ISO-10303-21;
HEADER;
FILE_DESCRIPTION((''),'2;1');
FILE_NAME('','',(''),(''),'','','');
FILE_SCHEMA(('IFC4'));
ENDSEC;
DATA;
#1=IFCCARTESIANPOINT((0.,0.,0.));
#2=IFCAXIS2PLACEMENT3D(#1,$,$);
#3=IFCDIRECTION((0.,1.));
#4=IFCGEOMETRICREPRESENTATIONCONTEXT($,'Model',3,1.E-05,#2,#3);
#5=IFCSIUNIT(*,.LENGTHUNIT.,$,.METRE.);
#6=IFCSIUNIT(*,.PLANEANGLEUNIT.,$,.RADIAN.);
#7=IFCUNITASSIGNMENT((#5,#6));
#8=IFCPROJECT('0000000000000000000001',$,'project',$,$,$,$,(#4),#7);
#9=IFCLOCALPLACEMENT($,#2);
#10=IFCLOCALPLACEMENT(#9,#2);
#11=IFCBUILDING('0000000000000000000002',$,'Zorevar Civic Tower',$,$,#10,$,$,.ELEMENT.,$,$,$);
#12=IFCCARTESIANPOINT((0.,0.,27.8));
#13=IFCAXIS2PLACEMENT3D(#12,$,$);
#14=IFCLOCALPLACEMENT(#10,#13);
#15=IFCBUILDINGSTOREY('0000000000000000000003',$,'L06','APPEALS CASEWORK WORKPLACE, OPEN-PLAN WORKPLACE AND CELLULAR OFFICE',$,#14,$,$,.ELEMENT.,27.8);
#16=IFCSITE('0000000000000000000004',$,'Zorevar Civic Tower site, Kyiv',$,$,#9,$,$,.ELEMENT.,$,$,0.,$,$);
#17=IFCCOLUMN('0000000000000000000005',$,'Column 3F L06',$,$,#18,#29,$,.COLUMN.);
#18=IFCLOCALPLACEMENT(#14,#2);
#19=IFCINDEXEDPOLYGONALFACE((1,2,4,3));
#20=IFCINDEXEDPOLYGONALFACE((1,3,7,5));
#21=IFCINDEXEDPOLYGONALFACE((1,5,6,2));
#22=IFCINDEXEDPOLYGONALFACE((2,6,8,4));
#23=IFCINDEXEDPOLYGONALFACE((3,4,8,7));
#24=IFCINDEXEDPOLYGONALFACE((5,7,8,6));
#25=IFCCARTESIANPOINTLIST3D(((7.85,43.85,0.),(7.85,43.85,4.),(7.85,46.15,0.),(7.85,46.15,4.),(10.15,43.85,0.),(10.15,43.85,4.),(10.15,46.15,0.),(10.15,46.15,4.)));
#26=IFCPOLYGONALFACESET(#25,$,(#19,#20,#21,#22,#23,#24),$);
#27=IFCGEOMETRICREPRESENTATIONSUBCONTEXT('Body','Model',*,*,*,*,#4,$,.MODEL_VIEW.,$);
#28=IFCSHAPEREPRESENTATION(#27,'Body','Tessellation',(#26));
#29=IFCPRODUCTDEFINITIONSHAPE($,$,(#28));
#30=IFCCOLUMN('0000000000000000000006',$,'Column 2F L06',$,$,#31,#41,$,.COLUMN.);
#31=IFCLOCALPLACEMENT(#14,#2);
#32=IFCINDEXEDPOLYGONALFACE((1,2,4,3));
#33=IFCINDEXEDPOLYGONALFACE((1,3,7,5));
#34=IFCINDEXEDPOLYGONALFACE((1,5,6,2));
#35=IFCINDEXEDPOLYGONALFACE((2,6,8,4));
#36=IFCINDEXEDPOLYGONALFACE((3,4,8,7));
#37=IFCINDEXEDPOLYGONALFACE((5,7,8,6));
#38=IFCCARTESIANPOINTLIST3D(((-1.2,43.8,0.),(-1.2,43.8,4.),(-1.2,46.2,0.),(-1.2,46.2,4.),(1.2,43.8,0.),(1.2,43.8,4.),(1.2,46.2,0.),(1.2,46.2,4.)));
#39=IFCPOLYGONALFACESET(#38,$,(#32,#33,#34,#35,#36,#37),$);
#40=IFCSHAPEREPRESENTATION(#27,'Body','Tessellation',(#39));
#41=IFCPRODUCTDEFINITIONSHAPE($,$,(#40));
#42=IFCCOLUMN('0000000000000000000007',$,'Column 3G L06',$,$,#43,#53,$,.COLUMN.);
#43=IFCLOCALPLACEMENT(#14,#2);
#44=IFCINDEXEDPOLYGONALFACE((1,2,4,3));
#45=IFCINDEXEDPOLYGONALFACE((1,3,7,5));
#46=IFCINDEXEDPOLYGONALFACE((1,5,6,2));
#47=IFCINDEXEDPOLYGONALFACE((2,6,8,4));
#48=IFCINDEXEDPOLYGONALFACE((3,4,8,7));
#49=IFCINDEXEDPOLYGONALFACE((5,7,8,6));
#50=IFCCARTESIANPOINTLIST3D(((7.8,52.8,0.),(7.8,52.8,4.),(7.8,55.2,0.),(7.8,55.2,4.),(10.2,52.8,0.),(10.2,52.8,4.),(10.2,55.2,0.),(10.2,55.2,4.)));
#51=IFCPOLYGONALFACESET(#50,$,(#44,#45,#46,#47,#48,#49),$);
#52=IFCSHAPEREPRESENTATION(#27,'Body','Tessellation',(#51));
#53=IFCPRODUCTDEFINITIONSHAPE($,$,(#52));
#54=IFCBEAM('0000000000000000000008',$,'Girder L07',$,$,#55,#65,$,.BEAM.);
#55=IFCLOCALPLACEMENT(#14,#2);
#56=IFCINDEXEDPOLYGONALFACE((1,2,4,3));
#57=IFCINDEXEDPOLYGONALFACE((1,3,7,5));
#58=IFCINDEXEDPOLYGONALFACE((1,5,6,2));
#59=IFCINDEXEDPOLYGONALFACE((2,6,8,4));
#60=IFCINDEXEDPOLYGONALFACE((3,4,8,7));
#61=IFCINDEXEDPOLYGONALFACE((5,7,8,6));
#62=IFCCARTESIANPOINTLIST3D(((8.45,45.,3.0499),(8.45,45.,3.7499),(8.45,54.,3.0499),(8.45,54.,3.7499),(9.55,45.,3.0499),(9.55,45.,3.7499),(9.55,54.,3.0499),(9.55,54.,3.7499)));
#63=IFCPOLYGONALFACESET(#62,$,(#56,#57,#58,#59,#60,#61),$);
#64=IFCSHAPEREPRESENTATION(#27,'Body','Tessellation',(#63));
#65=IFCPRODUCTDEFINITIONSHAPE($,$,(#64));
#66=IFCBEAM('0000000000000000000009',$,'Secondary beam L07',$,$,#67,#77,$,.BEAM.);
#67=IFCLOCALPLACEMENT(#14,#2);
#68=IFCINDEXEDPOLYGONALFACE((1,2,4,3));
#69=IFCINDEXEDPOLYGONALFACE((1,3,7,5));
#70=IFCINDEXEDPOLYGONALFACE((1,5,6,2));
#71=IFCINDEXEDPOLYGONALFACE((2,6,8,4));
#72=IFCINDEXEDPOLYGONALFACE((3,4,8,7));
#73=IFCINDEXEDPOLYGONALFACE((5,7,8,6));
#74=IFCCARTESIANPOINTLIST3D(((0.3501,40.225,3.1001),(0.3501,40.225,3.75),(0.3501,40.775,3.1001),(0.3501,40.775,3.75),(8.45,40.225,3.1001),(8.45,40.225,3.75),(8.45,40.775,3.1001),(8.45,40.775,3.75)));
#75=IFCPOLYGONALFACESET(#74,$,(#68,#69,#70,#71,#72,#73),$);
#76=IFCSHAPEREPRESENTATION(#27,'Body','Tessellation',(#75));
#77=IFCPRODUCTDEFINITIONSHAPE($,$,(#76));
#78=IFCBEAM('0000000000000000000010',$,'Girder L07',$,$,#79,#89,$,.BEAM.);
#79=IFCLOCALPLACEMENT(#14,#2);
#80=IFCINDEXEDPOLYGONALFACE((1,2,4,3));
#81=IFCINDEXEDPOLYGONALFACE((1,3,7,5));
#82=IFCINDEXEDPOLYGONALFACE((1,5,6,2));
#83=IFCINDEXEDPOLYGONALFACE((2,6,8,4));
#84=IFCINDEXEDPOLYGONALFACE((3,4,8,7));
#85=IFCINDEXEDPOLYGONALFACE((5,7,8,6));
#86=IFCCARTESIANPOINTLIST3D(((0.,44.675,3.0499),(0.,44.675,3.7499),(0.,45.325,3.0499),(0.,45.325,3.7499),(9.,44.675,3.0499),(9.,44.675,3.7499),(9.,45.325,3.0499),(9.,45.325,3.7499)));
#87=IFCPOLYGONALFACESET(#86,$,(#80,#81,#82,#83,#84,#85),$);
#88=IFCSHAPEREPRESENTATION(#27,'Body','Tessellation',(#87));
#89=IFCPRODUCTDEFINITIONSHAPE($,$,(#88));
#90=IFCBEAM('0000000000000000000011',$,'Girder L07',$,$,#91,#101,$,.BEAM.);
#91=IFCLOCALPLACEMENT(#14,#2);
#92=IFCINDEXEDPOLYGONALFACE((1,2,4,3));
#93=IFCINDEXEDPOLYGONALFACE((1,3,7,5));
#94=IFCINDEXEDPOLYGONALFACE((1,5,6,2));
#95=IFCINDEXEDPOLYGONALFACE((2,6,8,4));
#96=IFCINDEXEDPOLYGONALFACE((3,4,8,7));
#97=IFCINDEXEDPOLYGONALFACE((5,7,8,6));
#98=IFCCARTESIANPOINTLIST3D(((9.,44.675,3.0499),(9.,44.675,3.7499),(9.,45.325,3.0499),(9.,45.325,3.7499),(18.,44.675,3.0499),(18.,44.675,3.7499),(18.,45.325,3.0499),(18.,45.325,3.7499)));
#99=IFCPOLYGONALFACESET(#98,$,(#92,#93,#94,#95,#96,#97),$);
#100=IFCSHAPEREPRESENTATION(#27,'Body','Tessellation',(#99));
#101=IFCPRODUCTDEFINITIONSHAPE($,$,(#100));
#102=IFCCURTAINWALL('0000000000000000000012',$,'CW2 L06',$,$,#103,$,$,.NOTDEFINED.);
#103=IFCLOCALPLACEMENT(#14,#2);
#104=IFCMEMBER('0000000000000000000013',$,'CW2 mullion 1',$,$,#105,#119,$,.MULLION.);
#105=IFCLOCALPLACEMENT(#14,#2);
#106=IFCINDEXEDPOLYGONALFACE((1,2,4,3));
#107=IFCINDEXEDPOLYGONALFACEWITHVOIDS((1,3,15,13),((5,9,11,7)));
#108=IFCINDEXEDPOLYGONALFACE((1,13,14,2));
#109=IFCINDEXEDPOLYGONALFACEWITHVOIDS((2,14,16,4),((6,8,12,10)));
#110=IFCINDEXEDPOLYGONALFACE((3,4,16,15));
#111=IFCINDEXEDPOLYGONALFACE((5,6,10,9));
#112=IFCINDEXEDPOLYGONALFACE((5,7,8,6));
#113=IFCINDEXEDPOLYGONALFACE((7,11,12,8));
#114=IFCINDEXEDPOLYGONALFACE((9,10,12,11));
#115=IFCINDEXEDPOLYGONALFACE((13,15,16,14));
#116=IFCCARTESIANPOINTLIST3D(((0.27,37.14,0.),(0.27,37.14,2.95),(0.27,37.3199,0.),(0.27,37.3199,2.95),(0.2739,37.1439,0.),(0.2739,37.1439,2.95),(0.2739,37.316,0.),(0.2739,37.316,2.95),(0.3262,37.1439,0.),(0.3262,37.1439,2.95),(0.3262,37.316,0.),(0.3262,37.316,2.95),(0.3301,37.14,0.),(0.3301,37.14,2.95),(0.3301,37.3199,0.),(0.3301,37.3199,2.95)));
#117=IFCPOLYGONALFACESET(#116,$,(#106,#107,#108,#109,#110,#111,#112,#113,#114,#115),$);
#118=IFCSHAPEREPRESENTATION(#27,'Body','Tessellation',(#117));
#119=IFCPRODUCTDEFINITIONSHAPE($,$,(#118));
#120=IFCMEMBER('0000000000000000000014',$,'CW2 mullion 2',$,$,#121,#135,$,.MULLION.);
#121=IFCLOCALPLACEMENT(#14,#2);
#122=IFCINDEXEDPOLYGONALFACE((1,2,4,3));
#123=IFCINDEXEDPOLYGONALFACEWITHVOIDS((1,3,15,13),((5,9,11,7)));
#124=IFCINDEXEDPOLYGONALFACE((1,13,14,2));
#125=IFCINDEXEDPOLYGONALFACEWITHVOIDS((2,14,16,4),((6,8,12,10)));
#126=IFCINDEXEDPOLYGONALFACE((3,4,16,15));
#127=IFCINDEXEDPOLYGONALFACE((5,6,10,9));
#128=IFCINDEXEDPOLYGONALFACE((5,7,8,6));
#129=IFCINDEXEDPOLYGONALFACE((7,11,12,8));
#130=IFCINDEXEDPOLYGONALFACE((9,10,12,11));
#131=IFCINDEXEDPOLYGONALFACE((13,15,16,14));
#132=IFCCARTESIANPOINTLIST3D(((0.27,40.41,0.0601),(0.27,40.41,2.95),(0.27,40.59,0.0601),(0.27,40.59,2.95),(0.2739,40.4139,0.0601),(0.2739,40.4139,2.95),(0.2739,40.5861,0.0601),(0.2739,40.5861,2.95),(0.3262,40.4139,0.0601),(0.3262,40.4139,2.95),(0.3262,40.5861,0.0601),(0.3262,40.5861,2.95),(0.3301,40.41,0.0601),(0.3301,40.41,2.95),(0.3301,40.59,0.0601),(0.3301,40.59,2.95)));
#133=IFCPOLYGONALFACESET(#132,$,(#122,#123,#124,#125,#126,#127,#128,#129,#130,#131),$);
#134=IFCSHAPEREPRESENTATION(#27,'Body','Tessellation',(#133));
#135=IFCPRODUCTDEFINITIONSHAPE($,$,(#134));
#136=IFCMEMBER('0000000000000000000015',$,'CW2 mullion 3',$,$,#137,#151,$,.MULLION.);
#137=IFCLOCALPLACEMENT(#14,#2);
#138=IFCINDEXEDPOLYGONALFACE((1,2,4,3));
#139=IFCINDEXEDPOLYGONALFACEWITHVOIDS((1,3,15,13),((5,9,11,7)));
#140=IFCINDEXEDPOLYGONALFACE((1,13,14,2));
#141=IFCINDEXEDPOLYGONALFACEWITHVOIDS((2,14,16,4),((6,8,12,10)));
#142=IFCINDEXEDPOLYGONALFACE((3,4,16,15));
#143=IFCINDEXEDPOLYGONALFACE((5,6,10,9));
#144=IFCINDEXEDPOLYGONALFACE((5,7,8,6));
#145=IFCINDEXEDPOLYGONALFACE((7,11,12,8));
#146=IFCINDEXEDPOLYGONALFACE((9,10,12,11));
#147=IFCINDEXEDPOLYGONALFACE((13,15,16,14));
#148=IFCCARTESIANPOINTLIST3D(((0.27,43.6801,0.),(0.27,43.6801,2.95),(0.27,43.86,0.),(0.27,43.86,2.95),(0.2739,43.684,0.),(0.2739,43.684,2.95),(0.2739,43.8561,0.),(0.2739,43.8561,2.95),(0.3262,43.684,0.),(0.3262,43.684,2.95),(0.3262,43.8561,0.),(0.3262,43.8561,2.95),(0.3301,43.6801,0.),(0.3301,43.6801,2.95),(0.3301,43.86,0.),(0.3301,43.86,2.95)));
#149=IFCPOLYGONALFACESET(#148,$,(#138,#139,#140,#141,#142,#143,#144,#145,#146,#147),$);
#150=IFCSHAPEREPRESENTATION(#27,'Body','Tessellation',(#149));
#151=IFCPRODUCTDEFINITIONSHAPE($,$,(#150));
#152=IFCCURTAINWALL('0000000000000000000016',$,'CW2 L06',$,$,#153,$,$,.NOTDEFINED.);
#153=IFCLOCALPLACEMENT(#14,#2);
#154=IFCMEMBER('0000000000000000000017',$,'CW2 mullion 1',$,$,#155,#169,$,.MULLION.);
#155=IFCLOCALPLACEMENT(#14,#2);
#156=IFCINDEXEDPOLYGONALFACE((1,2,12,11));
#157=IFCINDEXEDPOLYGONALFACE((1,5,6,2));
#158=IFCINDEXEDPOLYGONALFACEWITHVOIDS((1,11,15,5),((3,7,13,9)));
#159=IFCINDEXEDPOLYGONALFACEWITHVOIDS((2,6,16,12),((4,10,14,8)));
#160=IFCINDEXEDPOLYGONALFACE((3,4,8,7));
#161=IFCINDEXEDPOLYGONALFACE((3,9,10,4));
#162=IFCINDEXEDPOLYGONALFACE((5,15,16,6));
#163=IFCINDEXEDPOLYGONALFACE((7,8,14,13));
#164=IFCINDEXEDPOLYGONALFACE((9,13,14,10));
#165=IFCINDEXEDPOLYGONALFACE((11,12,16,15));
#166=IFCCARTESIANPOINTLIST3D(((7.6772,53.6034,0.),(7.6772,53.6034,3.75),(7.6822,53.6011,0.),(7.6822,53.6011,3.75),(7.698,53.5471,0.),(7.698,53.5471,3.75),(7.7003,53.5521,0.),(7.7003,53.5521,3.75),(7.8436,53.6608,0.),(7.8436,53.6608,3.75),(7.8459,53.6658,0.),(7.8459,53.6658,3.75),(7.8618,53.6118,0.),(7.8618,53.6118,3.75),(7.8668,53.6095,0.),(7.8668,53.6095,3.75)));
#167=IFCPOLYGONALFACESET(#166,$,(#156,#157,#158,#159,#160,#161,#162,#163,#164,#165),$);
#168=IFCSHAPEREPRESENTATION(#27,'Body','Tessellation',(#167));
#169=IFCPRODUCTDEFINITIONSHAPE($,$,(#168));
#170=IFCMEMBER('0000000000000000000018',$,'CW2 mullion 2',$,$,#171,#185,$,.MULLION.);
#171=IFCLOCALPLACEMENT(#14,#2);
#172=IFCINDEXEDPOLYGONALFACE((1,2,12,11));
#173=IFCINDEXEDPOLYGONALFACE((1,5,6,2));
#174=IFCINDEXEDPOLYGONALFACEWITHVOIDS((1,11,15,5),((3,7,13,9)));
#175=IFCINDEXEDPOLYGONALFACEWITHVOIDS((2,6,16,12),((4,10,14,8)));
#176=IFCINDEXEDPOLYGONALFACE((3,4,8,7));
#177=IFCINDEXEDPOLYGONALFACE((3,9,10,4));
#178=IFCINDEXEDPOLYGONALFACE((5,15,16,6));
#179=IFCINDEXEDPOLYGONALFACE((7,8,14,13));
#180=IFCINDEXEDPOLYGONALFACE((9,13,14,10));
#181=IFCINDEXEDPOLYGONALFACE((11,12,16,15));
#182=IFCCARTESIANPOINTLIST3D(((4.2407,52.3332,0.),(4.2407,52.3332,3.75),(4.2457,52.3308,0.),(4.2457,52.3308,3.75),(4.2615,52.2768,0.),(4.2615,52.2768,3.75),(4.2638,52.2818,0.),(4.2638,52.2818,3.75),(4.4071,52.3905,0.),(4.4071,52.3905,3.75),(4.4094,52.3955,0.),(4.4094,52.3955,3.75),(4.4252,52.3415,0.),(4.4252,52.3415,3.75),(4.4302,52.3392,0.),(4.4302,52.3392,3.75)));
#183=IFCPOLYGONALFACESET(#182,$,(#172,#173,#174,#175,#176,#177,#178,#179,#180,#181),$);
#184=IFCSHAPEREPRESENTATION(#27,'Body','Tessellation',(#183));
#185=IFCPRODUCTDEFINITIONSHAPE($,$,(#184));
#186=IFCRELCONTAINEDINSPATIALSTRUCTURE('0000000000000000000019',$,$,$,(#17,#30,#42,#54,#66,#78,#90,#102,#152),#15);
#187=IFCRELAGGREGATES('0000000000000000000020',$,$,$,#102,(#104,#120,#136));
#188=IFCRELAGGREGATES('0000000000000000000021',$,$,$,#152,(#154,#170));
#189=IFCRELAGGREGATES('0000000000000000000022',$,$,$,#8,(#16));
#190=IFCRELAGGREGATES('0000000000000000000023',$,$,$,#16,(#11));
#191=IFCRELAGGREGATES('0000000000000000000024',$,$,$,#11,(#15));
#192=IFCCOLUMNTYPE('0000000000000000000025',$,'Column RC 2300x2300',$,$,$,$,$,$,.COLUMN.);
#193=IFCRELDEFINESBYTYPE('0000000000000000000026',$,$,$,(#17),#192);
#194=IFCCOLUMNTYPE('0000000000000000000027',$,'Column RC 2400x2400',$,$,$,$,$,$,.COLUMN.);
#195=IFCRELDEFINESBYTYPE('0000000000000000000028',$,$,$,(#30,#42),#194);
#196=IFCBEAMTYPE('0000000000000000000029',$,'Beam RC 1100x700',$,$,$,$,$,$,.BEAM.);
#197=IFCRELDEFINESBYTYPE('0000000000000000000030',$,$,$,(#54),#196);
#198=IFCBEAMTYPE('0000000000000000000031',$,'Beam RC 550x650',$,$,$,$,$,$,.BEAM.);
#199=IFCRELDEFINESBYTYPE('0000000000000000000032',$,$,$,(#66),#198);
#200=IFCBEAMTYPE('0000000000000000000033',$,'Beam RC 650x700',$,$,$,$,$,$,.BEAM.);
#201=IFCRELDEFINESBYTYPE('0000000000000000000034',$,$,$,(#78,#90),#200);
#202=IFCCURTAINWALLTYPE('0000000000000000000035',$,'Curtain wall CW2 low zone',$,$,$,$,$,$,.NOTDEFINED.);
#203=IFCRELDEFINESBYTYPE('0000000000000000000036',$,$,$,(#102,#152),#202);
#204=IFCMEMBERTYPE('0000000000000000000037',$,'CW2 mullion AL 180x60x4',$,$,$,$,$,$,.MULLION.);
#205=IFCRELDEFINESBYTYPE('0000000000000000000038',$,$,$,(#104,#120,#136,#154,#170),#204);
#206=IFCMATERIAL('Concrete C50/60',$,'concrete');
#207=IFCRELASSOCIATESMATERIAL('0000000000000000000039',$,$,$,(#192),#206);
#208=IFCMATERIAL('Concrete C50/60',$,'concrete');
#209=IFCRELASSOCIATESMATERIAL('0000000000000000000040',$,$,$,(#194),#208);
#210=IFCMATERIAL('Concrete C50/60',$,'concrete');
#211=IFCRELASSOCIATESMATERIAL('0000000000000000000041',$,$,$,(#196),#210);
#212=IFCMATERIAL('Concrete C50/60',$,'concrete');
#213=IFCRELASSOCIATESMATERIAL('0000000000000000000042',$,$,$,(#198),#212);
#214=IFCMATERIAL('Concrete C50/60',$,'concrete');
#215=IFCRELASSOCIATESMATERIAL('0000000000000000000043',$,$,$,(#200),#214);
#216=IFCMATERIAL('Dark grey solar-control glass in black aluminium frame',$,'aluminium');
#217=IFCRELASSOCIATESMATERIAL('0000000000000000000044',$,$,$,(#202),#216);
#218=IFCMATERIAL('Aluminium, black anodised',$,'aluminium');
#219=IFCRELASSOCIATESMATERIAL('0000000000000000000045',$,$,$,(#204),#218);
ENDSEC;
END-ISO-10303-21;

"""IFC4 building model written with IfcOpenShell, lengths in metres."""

from ifc_helpers import new_model, si_unit, direction, frame, origin, origin_2d, place, context, subcontext, project, spatial, rectangle, hollow_rectangle, extrude, material, material_profile, profile_set, type_object, element, aggregate, save


model = new_model("IFC4")

# Units and contexts
model_context = context("Model", 3, precision=1e-05, world=origin(), true_north=direction((0.0, 1.0)))
body_context = subcontext(model_context, "Body", "Model", "MODEL_VIEW")
ifc_project = project(units=[si_unit("LENGTHUNIT", "METRE"), si_unit("PLANEANGLEUNIT", "RADIAN")], contexts=[model_context])

# Site, building, storey
site_placement = place(None, origin())
site = spatial("IfcSite", under=ifc_project, at=site_placement, Name="Zorevar Civic Tower site, Kyiv", CompositionType="ELEMENT", RefElevation=0.0)
building_placement = place(site_placement, origin())
building = spatial("IfcBuilding", under=site, at=building_placement, Name="Zorevar Civic Tower", CompositionType="ELEMENT")
storey_placement = place(building_placement, frame((0.0, 0.0, 27.8)))
storey = spatial("IfcBuildingStorey", under=building, at=storey_placement, Name="L06", Description="APPEALS CASEWORK WORKPLACE, OPEN-PLAN WORKPLACE AND CELLULAR OFFICE", CompositionType="ELEMENT", Elevation=27.8)

# Columns
ifc_material_1 = material(Name="Concrete C50/60", Category="concrete")
ifc_material_profile_1 = material_profile(ifc_material_1, rectangle(XDim=2.3, YDim=2.3, at=origin_2d()), Name="RC 2300x2300")
ifc_profile_set_1 = profile_set([ifc_material_profile_1], Name="Concrete C50/60")
column_type_1 = type_object("IfcColumnType", Name="Column RC 2300x2300", PredefinedType="COLUMN", material=ifc_profile_set_1)
column_placement = place(storey_placement, frame((9.0, 45.0, 0.0), z_axis=(0.0, 0.0, 1.0), x_axis=(1.0, 0.0, 0.0)))
element("IfcColumn", 1, at=column_placement, inside=storey, type_object=column_type_1, Name="Column 3F L06", PredefinedType="COLUMN", context=body_context, shape_type="SweptSolid", body=[
    extrude(rectangle(XDim=2.3, YDim=2.3, at=origin_2d()), origin(), (0.0, 0.0, 1.0), 4.0),
])
ifc_material_2 = material(Name="Concrete C50/60", Category="concrete")
ifc_material_profile_2 = material_profile(ifc_material_2, rectangle(XDim=2.3999, YDim=2.3999, at=origin_2d()), Name="RC 2400x2400")
ifc_profile_set_2 = profile_set([ifc_material_profile_2], Name="Concrete C50/60")
column_type_2 = type_object("IfcColumnType", Name="Column RC 2400x2400", PredefinedType="COLUMN", material=ifc_profile_set_2)
for number, where, z_axis, x_axis, name in (
    (2, (0.0, 45.0, 0.0), (0.0, 0.0, 1.0), (1.0, 0.0, 0.0), "Column 2F L06"),
    (3, (9.0, 54.0, 0.0), (0.0, 0.0, 1.0), (1.0, 0.0, 0.0), "Column 3G L06"),
):
    element("IfcColumn", number, at=place(storey_placement, frame(where, z_axis=z_axis, x_axis=x_axis)), inside=storey, type_object=column_type_2, Name=name, PredefinedType="COLUMN", context=body_context, shape_type="SweptSolid", body=[
        extrude(rectangle(XDim=2.3999, YDim=2.3999, at=origin_2d()), origin(), (0.0, 0.0, 1.0), 4.0),
    ])

# Beams
ifc_material_3 = material(Name="Concrete C50/60", Category="concrete")
ifc_material_profile_3 = material_profile(ifc_material_3, rectangle(XDim=1.1001, YDim=0.7, at=origin_2d()), Name="RC 1100x700")
ifc_profile_set_3 = profile_set([ifc_material_profile_3], Name="Concrete C50/60")
beam_type_1 = type_object("IfcBeamType", Name="Beam RC 1100x700", PredefinedType="BEAM", material=ifc_profile_set_3)
beam_1_placement = place(storey_placement, frame((9.0, 45.0, 3.3999), z_axis=(0.0, 1.0, 0.0), x_axis=(-1.0, 0.0, 0.0)))
element("IfcBeam", 4, at=beam_1_placement, inside=storey, type_object=beam_type_1, Name="Girder L07", PredefinedType="BEAM", context=body_context, shape_type="SweptSolid", body=[
    extrude(rectangle(XDim=1.1001, YDim=0.7, at=origin_2d()), origin(), (0.0, 0.0, 1.0), 9.0),
])
ifc_material_4 = material(Name="Concrete C50/60", Category="concrete")
ifc_material_profile_4 = material_profile(ifc_material_4, rectangle(XDim=0.55, YDim=0.6499, at=origin_2d()), Name="RC 550x650")
ifc_profile_set_4 = profile_set([ifc_material_profile_4], Name="Concrete C50/60")
beam_type_2 = type_object("IfcBeamType", Name="Beam RC 550x650", PredefinedType="BEAM", material=ifc_profile_set_4)
beam_2_placement = place(storey_placement, frame((0.3501, 40.5, 3.425), z_axis=(1.0, 0.0, 0.0), x_axis=(0.0, 1.0, 0.0)))
element("IfcBeam", 5, at=beam_2_placement, inside=storey, type_object=beam_type_2, Name="Secondary beam L07", PredefinedType="BEAM", context=body_context, shape_type="SweptSolid", body=[
    extrude(rectangle(XDim=0.55, YDim=0.6499, at=origin_2d()), origin(), (0.0, 0.0, 1.0), 8.0999),
])
ifc_material_5 = material(Name="Concrete C50/60", Category="concrete")
ifc_material_profile_5 = material_profile(ifc_material_5, rectangle(XDim=0.6499, YDim=0.7, at=origin_2d()), Name="RC 650x700")
ifc_profile_set_5 = profile_set([ifc_material_profile_5], Name="Concrete C50/60")
beam_type_3 = type_object("IfcBeamType", Name="Beam RC 650x700", PredefinedType="BEAM", material=ifc_profile_set_5)
for number, where, z_axis, x_axis, name in (
    (6, (0.0, 45.0, 3.3999), (1.0, 0.0, 0.0), (0.0, 1.0, 0.0), "Girder L07"),
    (7, (9.0, 45.0, 3.3999), (1.0, 0.0, 0.0), (0.0, 1.0, 0.0), "Girder L07"),
):
    element("IfcBeam", number, at=place(storey_placement, frame(where, z_axis=z_axis, x_axis=x_axis)), inside=storey, type_object=beam_type_3, Name=name, PredefinedType="BEAM", context=body_context, shape_type="SweptSolid", body=[
        extrude(rectangle(XDim=0.6499, YDim=0.7, at=origin_2d()), origin(), (0.0, 0.0, 1.0), 9.0),
    ])

# Curtain walls, members
ifc_material_6 = material(Name="Dark grey solar-control glass in black aluminium frame", Category="aluminium")
curtain_wall_type = type_object("IfcCurtainWallType", Name="Curtain wall CW2 low zone", PredefinedType="NOTDEFINED", material=ifc_material_6)
curtain_wall_1_placement = place(storey_placement, origin())
curtain_wall_1 = element("IfcCurtainWall", 8, at=curtain_wall_1_placement, inside=storey, type_object=curtain_wall_type, Name="CW2 L06", PredefinedType="NOTDEFINED")
ifc_material_7 = material(Name="Aluminium, black anodised", Category="aluminium")
ifc_material_profile_6 = material_profile(ifc_material_7, hollow_rectangle(XDim=0.0601, YDim=0.1799, WallThickness=0.0039, at=origin_2d()), Name="AL 180x60x4")
ifc_profile_set_6 = profile_set([ifc_material_profile_6], Name="Aluminium, black anodised")
member_type_1 = type_object("IfcMemberType", Name="CW2 mullion AL 180x60x4", PredefinedType="MULLION", material=ifc_profile_set_6)
member_1_placement = place(storey_placement, frame((0.3, 37.23, 0.0), z_axis=(0.0, 0.0, 1.0), x_axis=(-1.0, 0.0, 0.0)))
member_1 = element("IfcMember", 9, at=member_1_placement, type_object=member_type_1, Name="CW2 mullion 1", PredefinedType="MULLION", context=body_context, shape_type="SweptSolid", body=[
    extrude(hollow_rectangle(XDim=0.0601, YDim=0.1799, WallThickness=0.0039, at=origin_2d()), origin(), (0.0, 0.0, 1.0), 2.95),
])
member_2_placement = place(storey_placement, frame((0.3, 40.5, 0.0601), z_axis=(0.0, 0.0, 1.0), x_axis=(-1.0, 0.0, 0.0)))
member_2 = element("IfcMember", 10, at=member_2_placement, type_object=member_type_1, Name="CW2 mullion 2", PredefinedType="MULLION", context=body_context, shape_type="SweptSolid", body=[
    extrude(hollow_rectangle(XDim=0.0601, YDim=0.1799, WallThickness=0.0039, at=origin_2d()), origin(), (0.0, 0.0, 1.0), 2.8899),
])
member_3_placement = place(storey_placement, frame((0.3, 43.77, 0.0), z_axis=(0.0, 0.0, 1.0), x_axis=(-1.0, 0.0, 0.0)))
member_3 = element("IfcMember", 11, at=member_3_placement, type_object=member_type_1, Name="CW2 mullion 3", PredefinedType="MULLION", context=body_context, shape_type="SweptSolid", body=[
    extrude(hollow_rectangle(XDim=0.0601, YDim=0.1799, WallThickness=0.0039, at=origin_2d()), origin(), (0.0, 0.0, 1.0), 2.95),
])
curtain_wall_2_placement = place(storey_placement, origin())
curtain_wall_2 = element("IfcCurtainWall", 12, at=curtain_wall_2_placement, inside=storey, type_object=curtain_wall_type, Name="CW2 L06", PredefinedType="NOTDEFINED")
member_4_placement = place(storey_placement, frame((7.772, 53.6064, 0.0), z_axis=(0.0, 0.0, 1.0), x_axis=(0.346704, -0.937975, 0.0)))
member_4 = element("IfcMember", 13, at=member_4_placement, type_object=member_type_1, Name="CW2 mullion 1", PredefinedType="MULLION", context=body_context, shape_type="SweptSolid", body=[
    extrude(hollow_rectangle(XDim=0.0601, YDim=0.1799, WallThickness=0.0039, at=origin_2d()), origin(), (0.0, 0.0, 1.0), 3.75),
])
member_5_placement = place(storey_placement, frame((4.3354, 52.3362, 0.0), z_axis=(0.0, 0.0, 1.0), x_axis=(0.346704, -0.937975, 0.0)))
member_5 = element("IfcMember", 14, at=member_5_placement, type_object=member_type_1, Name="CW2 mullion 2", PredefinedType="MULLION", context=body_context, shape_type="SweptSolid", body=[
    extrude(hollow_rectangle(XDim=0.0601, YDim=0.1799, WallThickness=0.0039, at=origin_2d()), origin(), (0.0, 0.0, 1.0), 3.75),
])

aggregate(curtain_wall_1, [member_1, member_2, member_3])
aggregate(curtain_wall_2, [member_4, member_5])

save(model, "model.ifc")
